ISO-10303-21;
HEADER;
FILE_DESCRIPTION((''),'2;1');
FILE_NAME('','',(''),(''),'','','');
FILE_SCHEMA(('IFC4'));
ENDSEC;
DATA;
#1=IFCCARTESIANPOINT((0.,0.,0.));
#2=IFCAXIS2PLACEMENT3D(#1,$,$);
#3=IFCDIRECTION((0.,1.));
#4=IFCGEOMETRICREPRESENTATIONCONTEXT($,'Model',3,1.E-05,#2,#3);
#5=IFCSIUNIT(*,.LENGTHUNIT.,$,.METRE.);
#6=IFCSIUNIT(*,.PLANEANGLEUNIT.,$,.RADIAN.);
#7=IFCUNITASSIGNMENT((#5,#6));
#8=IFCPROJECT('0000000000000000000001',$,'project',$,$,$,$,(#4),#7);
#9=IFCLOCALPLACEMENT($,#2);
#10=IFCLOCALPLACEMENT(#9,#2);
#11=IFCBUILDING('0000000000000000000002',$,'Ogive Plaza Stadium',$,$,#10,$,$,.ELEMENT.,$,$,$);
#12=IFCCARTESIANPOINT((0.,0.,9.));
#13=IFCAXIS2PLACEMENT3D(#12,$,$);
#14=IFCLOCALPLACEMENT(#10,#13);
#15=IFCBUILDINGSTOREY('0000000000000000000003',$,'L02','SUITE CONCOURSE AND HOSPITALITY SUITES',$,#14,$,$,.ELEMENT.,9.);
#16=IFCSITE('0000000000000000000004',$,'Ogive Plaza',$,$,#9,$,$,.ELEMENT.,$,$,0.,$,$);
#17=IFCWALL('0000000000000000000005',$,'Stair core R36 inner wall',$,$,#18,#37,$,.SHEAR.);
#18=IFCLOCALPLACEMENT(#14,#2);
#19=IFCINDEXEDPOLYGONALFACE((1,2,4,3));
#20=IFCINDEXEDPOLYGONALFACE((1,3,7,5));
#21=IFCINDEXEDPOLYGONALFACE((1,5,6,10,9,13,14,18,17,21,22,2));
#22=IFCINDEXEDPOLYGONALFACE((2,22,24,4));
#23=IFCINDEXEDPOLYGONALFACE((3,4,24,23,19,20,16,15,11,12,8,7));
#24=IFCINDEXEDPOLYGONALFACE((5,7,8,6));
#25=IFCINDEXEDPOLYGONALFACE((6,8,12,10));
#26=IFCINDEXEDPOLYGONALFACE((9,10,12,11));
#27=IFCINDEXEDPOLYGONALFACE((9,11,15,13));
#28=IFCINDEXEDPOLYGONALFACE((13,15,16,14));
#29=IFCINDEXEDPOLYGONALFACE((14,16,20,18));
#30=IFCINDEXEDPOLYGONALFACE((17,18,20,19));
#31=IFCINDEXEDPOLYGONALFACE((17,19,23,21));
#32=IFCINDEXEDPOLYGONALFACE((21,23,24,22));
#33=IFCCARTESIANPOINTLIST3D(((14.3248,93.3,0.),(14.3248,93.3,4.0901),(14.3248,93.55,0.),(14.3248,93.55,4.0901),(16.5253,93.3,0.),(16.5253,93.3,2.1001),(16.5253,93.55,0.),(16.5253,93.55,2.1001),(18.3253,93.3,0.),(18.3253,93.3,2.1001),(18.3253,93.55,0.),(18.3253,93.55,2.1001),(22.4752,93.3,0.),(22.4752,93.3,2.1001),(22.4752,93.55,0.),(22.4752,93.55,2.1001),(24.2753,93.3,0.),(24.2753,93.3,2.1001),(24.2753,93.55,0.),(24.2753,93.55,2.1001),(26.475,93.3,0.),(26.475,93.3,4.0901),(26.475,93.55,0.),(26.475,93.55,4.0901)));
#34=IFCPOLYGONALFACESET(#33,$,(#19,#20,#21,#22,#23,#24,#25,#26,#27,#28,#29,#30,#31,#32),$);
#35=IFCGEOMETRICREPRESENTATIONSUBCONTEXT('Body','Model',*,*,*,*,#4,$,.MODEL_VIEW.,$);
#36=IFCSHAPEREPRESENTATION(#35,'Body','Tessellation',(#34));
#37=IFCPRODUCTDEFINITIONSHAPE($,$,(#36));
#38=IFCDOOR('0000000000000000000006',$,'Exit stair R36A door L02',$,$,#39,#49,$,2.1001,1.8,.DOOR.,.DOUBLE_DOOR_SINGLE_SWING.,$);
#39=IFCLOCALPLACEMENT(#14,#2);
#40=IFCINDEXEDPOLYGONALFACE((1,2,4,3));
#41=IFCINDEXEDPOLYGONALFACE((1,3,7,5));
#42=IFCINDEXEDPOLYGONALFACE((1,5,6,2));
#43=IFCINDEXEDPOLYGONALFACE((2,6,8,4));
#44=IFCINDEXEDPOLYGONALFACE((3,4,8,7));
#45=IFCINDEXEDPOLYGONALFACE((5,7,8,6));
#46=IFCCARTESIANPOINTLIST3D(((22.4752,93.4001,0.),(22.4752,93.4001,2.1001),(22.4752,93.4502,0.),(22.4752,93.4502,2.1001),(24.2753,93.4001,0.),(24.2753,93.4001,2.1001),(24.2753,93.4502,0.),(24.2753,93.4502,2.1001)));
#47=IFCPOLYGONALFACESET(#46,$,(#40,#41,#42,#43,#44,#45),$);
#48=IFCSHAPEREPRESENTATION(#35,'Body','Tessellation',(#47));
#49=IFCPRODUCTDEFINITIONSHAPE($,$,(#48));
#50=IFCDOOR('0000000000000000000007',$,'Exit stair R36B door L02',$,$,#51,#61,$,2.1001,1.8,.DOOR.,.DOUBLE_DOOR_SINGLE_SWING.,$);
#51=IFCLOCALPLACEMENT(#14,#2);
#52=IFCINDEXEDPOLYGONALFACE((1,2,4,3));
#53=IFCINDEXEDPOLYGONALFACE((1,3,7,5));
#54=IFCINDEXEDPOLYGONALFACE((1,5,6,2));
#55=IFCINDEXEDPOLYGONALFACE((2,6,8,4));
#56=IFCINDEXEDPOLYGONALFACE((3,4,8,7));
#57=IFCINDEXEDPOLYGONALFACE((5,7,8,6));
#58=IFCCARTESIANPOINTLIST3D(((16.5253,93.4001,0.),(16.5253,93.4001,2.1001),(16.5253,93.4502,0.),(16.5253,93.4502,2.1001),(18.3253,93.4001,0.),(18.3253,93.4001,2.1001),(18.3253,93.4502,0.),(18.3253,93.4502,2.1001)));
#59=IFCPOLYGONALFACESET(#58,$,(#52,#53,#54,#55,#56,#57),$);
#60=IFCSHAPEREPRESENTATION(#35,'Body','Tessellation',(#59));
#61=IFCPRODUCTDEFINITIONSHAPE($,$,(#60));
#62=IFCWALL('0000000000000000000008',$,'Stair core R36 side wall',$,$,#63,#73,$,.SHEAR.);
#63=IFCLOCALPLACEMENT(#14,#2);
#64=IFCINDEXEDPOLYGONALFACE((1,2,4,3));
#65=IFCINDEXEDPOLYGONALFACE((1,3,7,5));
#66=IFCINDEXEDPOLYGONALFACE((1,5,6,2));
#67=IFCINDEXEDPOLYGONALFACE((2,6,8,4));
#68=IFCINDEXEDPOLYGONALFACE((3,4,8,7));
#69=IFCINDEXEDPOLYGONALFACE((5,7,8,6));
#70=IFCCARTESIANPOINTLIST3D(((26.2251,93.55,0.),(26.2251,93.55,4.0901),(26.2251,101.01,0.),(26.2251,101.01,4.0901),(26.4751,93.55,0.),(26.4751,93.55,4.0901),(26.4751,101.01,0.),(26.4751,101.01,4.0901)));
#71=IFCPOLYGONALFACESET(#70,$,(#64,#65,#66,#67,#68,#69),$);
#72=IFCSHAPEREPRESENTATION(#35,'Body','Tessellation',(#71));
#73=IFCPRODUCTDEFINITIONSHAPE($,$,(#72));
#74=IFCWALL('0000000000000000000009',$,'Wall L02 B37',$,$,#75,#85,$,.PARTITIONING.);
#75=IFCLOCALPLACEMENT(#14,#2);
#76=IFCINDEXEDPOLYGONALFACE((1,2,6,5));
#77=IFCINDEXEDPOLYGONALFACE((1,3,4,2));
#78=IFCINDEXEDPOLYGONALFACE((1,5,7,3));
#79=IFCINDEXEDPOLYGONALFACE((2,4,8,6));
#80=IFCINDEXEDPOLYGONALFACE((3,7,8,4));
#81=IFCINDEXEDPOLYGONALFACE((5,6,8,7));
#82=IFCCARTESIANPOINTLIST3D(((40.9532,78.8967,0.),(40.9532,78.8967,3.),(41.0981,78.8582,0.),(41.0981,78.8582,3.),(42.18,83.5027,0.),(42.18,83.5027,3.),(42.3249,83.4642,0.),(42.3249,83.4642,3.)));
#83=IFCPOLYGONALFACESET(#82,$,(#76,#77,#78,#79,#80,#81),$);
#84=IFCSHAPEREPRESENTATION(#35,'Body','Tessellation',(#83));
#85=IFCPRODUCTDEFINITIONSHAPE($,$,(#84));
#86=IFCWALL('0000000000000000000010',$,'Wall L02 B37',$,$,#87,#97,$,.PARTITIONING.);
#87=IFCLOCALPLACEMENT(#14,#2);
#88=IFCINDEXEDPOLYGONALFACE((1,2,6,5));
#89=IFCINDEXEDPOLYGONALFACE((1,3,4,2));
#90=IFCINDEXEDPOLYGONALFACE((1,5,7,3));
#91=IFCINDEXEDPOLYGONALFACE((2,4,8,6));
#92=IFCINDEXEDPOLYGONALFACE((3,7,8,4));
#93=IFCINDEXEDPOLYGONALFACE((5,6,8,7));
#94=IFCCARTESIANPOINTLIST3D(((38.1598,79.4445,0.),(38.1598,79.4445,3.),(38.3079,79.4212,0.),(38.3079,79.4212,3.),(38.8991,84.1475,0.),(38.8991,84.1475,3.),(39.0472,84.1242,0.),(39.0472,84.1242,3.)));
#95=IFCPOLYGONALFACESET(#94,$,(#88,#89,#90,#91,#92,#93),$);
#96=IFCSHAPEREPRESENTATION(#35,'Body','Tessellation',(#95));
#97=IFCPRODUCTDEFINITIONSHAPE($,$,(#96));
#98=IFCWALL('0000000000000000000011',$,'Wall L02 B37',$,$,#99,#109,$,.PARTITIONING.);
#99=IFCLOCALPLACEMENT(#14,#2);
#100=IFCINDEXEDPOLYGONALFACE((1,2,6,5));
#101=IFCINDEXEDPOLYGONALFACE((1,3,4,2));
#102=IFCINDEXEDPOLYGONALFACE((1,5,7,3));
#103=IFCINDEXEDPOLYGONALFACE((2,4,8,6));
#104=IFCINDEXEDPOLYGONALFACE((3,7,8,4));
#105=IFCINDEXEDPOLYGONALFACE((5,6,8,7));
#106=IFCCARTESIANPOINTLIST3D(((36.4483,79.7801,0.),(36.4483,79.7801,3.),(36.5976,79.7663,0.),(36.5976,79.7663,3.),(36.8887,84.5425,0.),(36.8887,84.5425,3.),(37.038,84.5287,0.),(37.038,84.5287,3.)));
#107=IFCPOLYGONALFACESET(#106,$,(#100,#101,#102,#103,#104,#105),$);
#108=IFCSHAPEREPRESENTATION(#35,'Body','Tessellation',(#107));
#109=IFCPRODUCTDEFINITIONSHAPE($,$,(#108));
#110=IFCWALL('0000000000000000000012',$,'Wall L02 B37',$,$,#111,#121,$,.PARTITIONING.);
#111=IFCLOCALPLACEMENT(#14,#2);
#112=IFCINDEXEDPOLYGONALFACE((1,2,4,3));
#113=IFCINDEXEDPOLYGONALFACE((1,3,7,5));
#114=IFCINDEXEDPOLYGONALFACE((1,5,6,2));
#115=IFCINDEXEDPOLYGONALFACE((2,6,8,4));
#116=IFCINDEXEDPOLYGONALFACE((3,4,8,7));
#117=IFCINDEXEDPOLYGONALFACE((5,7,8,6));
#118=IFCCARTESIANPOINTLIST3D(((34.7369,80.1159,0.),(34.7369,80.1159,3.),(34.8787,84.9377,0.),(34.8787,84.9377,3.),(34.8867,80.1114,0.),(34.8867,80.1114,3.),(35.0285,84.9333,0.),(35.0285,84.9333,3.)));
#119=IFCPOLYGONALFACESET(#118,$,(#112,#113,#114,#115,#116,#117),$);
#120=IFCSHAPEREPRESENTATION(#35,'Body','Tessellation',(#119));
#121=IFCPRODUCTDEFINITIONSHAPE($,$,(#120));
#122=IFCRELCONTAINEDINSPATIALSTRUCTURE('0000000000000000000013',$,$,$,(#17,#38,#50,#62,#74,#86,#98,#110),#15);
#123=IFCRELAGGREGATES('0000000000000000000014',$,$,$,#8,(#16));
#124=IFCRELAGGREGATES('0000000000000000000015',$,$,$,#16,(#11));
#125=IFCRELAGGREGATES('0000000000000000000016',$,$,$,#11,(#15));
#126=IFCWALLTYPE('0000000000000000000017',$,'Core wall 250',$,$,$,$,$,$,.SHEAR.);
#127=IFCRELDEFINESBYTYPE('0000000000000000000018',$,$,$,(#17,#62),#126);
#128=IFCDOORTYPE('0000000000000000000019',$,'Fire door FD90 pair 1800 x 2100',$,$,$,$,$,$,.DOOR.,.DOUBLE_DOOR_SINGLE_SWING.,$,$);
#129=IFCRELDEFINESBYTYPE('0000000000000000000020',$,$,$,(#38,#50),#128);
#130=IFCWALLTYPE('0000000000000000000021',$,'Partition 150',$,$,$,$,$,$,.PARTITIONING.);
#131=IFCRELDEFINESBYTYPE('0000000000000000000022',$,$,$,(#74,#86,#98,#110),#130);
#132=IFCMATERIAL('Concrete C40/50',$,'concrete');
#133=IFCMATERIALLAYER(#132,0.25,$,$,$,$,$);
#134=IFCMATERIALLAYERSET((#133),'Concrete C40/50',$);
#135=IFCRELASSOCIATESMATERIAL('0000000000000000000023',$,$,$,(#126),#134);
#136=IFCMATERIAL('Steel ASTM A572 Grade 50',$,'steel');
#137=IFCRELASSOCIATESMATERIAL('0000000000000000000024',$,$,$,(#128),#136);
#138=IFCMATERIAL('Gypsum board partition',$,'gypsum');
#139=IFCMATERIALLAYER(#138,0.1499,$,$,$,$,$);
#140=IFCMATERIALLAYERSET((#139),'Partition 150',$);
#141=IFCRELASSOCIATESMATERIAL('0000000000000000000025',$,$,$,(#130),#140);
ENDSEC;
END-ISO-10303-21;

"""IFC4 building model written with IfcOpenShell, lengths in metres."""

from ifc_helpers import new_model, si_unit, direction, frame, frame_2d, origin, place, context, subcontext, project, spatial, rectangle, extrude, material, layer, layer_set, type_object, element, fill, save


model = new_model("IFC4")

# Units and contexts
model_context = context("Model", 3, precision=1e-05, world=origin(), true_north=direction((0.0, 1.0)))
body_context = subcontext(model_context, "Body", "Model", "MODEL_VIEW")
ifc_project = project(units=[si_unit("LENGTHUNIT", "METRE"), si_unit("PLANEANGLEUNIT", "RADIAN")], contexts=[model_context])

# Site, building, storey
site_placement = place(None, origin())
site = spatial("IfcSite", under=ifc_project, at=site_placement, Name="Ogive Plaza", CompositionType="ELEMENT", RefElevation=0.0)
building_placement = place(site_placement, origin())
building = spatial("IfcBuilding", under=site, at=building_placement, Name="Ogive Plaza Stadium", CompositionType="ELEMENT")
storey_placement = place(building_placement, frame((0.0, 0.0, 9.0)))
storey = spatial("IfcBuildingStorey", under=building, at=storey_placement, Name="L02", Description="SUITE CONCOURSE AND HOSPITALITY SUITES", CompositionType="ELEMENT", Elevation=9.0)

# Wall, openings, doors
ifc_material_1 = material(Name="Concrete C40/50", Category="concrete")
ifc_layer_1 = layer(ifc_material_1, 0.25)
ifc_layer_set_1 = layer_set([ifc_layer_1], Name="Concrete C40/50")
wall_type_1 = type_object("IfcWallType", Name="Core wall 250", PredefinedType="SHEAR", material=ifc_layer_set_1)
wall_1_placement = place(storey_placement, frame((26.4751, 93.425, 0.0), z_axis=(0.0, 0.0, 1.0), x_axis=(-1.0, 0.0, 0.0)))
wall_1 = element("IfcWall", 1, at=wall_1_placement, inside=storey, type_object=wall_type_1, Name="Stair core R36 inner wall", PredefinedType="SHEAR", context=body_context, shape_type="SweptSolid", body=[
    extrude(rectangle(XDim=12.1501, YDim=0.25, at=frame_2d((6.0752, 0.0))), origin(), (0.0, 0.0, 1.0), 4.0901),
])
opening_1_placement = place(wall_1_placement, frame((2.2, 0.0, 0.0)))
opening_1 = element("IfcOpeningElement", 2, at=opening_1_placement, cuts=wall_1, PredefinedType="OPENING", context=body_context, shape_type="SweptSolid", body=[
    extrude(rectangle(XDim=1.8, YDim=2.1001, at=frame_2d((0.8999, 1.05))), frame((0.0, 0.125, 0.0), z_axis=(0.0, -1.0, 0.0), x_axis=(1.0, 0.0, 0.0)), (0.0, 0.0, 1.0), 0.25),
])
opening_2_placement = place(wall_1_placement, frame((8.1499, 0.0, 0.0)))
opening_2 = element("IfcOpeningElement", 3, at=opening_2_placement, cuts=wall_1, PredefinedType="OPENING", context=body_context, shape_type="SweptSolid", body=[
    extrude(rectangle(XDim=1.8, YDim=2.1001, at=frame_2d((0.8999, 1.05))), frame((0.0, 0.125, 0.0), z_axis=(0.0, -1.0, 0.0), x_axis=(1.0, 0.0, 0.0)), (0.0, 0.0, 1.0), 0.25),
])
ifc_material_2 = material(Name="Steel ASTM A572 Grade 50", Category="steel")
door_type_1 = type_object("IfcDoorType", Name="Fire door FD90 pair 1800 x 2100", OperationType="DOUBLE_DOOR_SINGLE_SWING", PredefinedType="DOOR", material=ifc_material_2)
door_1_placement = place(opening_1_placement, origin())
door_1 = element("IfcDoor", 4, at=door_1_placement, inside=storey, type_object=door_type_1, Name="Exit stair R36A door L02", OperationType="DOUBLE_DOOR_SINGLE_SWING", OverallHeight=2.1001, OverallWidth=1.8, PredefinedType="DOOR", context=body_context, shape_type="SweptSolid", body=[
    extrude(rectangle(XDim=1.8, YDim=2.1001, at=frame_2d((0.8999, 1.05))), frame((0.0, 0.0249, 0.0), z_axis=(0.0, -1.0, 0.0), x_axis=(1.0, 0.0, 0.0)), (0.0, 0.0, 1.0), 0.05),
])
fill(opening_1, door_1)
door_2_placement = place(opening_2_placement, origin())
door_2 = element("IfcDoor", 5, at=door_2_placement, inside=storey, type_object=door_type_1, Name="Exit stair R36B door L02", OperationType="DOUBLE_DOOR_SINGLE_SWING", OverallHeight=2.1001, OverallWidth=1.8, PredefinedType="DOOR", context=body_context, shape_type="SweptSolid", body=[
    extrude(rectangle(XDim=1.8, YDim=2.1001, at=frame_2d((0.8999, 1.05))), frame((0.0, 0.0249, 0.0), z_axis=(0.0, -1.0, 0.0), x_axis=(1.0, 0.0, 0.0)), (0.0, 0.0, 1.0), 0.05),
])
fill(opening_2, door_2)

# Walls
wall_2_placement = place(storey_placement, frame((26.3501, 93.55, 0.0), z_axis=(0.0, 0.0, 1.0), x_axis=(0.0, 1.0, 0.0)))
element("IfcWall", 6, at=wall_2_placement, inside=storey, type_object=wall_type_1, Name="Stair core R36 side wall", PredefinedType="SHEAR", context=body_context, shape_type="SweptSolid", body=[
    extrude(rectangle(XDim=7.46, YDim=0.25, at=frame_2d((3.73, 0.0))), origin(), (0.0, 0.0, 1.0), 4.0901),
])
ifc_material_3 = material(Name="Gypsum board partition", Category="gypsum")
ifc_layer_2 = layer(ifc_material_3, 0.1499)
ifc_layer_set_2 = layer_set([ifc_layer_2], Name="Partition 150")
wall_type_2 = type_object("IfcWallType", Name="Partition 150", PredefinedType="PARTITIONING", material=ifc_layer_set_2)
wall_3_placement = place(storey_placement, frame((41.0256, 78.8774, 0.0), z_axis=(0.0, 0.0, 1.0), x_axis=(0.257379, 0.966311, 0.0)))
element("IfcWall", 7, at=wall_3_placement, inside=storey, type_object=wall_type_2, Name="Wall L02 B37", PredefinedType="PARTITIONING", context=body_context, shape_type="SweptSolid", body=[
    extrude(rectangle(XDim=4.7666, YDim=0.1499, at=frame_2d((2.3833, 0.0))), origin(), (0.0, 0.0, 1.0), 3.0),
])
wall_4_placement = place(storey_placement, frame((38.2339, 79.4329, 0.0), z_axis=(0.0, 0.0, 1.0), x_axis=(0.155286, 0.98787, 0.0)))
element("IfcWall", 8, at=wall_4_placement, inside=storey, type_object=wall_type_2, Name="Wall L02 B37", PredefinedType="PARTITIONING", context=body_context, shape_type="SweptSolid", body=[
    extrude(rectangle(XDim=4.7607, YDim=0.1499, at=frame_2d((2.3804, 0.0))), origin(), (0.0, 0.0, 1.0), 3.0),
])
wall_5_placement = place(storey_placement, frame((36.5229, 79.7732, 0.0), z_axis=(0.0, 0.0, 1.0), x_axis=(0.092087, 0.995751, 0.0)))
element("IfcWall", 9, at=wall_5_placement, inside=storey, type_object=wall_type_2, Name="Wall L02 B37", PredefinedType="PARTITIONING", context=body_context, shape_type="SweptSolid", body=[
    extrude(rectangle(XDim=4.7827, YDim=0.1499, at=frame_2d((2.3914, 0.0))), origin(), (0.0, 0.0, 1.0), 3.0),
])
wall_6_placement = place(storey_placement, frame((34.8118, 80.1135, 0.0), z_axis=(0.0, 0.0, 1.0), x_axis=(0.029405, 0.999568, 0.0)))
element("IfcWall", 10, at=wall_6_placement, inside=storey, type_object=wall_type_2, Name="Wall L02 B37", PredefinedType="PARTITIONING", context=body_context, shape_type="SweptSolid", body=[
    extrude(rectangle(XDim=4.824, YDim=0.1499, at=frame_2d((2.4121, 0.0))), origin(), (0.0, 0.0, 1.0), 3.0),
])

save(model, "model.ifc")
